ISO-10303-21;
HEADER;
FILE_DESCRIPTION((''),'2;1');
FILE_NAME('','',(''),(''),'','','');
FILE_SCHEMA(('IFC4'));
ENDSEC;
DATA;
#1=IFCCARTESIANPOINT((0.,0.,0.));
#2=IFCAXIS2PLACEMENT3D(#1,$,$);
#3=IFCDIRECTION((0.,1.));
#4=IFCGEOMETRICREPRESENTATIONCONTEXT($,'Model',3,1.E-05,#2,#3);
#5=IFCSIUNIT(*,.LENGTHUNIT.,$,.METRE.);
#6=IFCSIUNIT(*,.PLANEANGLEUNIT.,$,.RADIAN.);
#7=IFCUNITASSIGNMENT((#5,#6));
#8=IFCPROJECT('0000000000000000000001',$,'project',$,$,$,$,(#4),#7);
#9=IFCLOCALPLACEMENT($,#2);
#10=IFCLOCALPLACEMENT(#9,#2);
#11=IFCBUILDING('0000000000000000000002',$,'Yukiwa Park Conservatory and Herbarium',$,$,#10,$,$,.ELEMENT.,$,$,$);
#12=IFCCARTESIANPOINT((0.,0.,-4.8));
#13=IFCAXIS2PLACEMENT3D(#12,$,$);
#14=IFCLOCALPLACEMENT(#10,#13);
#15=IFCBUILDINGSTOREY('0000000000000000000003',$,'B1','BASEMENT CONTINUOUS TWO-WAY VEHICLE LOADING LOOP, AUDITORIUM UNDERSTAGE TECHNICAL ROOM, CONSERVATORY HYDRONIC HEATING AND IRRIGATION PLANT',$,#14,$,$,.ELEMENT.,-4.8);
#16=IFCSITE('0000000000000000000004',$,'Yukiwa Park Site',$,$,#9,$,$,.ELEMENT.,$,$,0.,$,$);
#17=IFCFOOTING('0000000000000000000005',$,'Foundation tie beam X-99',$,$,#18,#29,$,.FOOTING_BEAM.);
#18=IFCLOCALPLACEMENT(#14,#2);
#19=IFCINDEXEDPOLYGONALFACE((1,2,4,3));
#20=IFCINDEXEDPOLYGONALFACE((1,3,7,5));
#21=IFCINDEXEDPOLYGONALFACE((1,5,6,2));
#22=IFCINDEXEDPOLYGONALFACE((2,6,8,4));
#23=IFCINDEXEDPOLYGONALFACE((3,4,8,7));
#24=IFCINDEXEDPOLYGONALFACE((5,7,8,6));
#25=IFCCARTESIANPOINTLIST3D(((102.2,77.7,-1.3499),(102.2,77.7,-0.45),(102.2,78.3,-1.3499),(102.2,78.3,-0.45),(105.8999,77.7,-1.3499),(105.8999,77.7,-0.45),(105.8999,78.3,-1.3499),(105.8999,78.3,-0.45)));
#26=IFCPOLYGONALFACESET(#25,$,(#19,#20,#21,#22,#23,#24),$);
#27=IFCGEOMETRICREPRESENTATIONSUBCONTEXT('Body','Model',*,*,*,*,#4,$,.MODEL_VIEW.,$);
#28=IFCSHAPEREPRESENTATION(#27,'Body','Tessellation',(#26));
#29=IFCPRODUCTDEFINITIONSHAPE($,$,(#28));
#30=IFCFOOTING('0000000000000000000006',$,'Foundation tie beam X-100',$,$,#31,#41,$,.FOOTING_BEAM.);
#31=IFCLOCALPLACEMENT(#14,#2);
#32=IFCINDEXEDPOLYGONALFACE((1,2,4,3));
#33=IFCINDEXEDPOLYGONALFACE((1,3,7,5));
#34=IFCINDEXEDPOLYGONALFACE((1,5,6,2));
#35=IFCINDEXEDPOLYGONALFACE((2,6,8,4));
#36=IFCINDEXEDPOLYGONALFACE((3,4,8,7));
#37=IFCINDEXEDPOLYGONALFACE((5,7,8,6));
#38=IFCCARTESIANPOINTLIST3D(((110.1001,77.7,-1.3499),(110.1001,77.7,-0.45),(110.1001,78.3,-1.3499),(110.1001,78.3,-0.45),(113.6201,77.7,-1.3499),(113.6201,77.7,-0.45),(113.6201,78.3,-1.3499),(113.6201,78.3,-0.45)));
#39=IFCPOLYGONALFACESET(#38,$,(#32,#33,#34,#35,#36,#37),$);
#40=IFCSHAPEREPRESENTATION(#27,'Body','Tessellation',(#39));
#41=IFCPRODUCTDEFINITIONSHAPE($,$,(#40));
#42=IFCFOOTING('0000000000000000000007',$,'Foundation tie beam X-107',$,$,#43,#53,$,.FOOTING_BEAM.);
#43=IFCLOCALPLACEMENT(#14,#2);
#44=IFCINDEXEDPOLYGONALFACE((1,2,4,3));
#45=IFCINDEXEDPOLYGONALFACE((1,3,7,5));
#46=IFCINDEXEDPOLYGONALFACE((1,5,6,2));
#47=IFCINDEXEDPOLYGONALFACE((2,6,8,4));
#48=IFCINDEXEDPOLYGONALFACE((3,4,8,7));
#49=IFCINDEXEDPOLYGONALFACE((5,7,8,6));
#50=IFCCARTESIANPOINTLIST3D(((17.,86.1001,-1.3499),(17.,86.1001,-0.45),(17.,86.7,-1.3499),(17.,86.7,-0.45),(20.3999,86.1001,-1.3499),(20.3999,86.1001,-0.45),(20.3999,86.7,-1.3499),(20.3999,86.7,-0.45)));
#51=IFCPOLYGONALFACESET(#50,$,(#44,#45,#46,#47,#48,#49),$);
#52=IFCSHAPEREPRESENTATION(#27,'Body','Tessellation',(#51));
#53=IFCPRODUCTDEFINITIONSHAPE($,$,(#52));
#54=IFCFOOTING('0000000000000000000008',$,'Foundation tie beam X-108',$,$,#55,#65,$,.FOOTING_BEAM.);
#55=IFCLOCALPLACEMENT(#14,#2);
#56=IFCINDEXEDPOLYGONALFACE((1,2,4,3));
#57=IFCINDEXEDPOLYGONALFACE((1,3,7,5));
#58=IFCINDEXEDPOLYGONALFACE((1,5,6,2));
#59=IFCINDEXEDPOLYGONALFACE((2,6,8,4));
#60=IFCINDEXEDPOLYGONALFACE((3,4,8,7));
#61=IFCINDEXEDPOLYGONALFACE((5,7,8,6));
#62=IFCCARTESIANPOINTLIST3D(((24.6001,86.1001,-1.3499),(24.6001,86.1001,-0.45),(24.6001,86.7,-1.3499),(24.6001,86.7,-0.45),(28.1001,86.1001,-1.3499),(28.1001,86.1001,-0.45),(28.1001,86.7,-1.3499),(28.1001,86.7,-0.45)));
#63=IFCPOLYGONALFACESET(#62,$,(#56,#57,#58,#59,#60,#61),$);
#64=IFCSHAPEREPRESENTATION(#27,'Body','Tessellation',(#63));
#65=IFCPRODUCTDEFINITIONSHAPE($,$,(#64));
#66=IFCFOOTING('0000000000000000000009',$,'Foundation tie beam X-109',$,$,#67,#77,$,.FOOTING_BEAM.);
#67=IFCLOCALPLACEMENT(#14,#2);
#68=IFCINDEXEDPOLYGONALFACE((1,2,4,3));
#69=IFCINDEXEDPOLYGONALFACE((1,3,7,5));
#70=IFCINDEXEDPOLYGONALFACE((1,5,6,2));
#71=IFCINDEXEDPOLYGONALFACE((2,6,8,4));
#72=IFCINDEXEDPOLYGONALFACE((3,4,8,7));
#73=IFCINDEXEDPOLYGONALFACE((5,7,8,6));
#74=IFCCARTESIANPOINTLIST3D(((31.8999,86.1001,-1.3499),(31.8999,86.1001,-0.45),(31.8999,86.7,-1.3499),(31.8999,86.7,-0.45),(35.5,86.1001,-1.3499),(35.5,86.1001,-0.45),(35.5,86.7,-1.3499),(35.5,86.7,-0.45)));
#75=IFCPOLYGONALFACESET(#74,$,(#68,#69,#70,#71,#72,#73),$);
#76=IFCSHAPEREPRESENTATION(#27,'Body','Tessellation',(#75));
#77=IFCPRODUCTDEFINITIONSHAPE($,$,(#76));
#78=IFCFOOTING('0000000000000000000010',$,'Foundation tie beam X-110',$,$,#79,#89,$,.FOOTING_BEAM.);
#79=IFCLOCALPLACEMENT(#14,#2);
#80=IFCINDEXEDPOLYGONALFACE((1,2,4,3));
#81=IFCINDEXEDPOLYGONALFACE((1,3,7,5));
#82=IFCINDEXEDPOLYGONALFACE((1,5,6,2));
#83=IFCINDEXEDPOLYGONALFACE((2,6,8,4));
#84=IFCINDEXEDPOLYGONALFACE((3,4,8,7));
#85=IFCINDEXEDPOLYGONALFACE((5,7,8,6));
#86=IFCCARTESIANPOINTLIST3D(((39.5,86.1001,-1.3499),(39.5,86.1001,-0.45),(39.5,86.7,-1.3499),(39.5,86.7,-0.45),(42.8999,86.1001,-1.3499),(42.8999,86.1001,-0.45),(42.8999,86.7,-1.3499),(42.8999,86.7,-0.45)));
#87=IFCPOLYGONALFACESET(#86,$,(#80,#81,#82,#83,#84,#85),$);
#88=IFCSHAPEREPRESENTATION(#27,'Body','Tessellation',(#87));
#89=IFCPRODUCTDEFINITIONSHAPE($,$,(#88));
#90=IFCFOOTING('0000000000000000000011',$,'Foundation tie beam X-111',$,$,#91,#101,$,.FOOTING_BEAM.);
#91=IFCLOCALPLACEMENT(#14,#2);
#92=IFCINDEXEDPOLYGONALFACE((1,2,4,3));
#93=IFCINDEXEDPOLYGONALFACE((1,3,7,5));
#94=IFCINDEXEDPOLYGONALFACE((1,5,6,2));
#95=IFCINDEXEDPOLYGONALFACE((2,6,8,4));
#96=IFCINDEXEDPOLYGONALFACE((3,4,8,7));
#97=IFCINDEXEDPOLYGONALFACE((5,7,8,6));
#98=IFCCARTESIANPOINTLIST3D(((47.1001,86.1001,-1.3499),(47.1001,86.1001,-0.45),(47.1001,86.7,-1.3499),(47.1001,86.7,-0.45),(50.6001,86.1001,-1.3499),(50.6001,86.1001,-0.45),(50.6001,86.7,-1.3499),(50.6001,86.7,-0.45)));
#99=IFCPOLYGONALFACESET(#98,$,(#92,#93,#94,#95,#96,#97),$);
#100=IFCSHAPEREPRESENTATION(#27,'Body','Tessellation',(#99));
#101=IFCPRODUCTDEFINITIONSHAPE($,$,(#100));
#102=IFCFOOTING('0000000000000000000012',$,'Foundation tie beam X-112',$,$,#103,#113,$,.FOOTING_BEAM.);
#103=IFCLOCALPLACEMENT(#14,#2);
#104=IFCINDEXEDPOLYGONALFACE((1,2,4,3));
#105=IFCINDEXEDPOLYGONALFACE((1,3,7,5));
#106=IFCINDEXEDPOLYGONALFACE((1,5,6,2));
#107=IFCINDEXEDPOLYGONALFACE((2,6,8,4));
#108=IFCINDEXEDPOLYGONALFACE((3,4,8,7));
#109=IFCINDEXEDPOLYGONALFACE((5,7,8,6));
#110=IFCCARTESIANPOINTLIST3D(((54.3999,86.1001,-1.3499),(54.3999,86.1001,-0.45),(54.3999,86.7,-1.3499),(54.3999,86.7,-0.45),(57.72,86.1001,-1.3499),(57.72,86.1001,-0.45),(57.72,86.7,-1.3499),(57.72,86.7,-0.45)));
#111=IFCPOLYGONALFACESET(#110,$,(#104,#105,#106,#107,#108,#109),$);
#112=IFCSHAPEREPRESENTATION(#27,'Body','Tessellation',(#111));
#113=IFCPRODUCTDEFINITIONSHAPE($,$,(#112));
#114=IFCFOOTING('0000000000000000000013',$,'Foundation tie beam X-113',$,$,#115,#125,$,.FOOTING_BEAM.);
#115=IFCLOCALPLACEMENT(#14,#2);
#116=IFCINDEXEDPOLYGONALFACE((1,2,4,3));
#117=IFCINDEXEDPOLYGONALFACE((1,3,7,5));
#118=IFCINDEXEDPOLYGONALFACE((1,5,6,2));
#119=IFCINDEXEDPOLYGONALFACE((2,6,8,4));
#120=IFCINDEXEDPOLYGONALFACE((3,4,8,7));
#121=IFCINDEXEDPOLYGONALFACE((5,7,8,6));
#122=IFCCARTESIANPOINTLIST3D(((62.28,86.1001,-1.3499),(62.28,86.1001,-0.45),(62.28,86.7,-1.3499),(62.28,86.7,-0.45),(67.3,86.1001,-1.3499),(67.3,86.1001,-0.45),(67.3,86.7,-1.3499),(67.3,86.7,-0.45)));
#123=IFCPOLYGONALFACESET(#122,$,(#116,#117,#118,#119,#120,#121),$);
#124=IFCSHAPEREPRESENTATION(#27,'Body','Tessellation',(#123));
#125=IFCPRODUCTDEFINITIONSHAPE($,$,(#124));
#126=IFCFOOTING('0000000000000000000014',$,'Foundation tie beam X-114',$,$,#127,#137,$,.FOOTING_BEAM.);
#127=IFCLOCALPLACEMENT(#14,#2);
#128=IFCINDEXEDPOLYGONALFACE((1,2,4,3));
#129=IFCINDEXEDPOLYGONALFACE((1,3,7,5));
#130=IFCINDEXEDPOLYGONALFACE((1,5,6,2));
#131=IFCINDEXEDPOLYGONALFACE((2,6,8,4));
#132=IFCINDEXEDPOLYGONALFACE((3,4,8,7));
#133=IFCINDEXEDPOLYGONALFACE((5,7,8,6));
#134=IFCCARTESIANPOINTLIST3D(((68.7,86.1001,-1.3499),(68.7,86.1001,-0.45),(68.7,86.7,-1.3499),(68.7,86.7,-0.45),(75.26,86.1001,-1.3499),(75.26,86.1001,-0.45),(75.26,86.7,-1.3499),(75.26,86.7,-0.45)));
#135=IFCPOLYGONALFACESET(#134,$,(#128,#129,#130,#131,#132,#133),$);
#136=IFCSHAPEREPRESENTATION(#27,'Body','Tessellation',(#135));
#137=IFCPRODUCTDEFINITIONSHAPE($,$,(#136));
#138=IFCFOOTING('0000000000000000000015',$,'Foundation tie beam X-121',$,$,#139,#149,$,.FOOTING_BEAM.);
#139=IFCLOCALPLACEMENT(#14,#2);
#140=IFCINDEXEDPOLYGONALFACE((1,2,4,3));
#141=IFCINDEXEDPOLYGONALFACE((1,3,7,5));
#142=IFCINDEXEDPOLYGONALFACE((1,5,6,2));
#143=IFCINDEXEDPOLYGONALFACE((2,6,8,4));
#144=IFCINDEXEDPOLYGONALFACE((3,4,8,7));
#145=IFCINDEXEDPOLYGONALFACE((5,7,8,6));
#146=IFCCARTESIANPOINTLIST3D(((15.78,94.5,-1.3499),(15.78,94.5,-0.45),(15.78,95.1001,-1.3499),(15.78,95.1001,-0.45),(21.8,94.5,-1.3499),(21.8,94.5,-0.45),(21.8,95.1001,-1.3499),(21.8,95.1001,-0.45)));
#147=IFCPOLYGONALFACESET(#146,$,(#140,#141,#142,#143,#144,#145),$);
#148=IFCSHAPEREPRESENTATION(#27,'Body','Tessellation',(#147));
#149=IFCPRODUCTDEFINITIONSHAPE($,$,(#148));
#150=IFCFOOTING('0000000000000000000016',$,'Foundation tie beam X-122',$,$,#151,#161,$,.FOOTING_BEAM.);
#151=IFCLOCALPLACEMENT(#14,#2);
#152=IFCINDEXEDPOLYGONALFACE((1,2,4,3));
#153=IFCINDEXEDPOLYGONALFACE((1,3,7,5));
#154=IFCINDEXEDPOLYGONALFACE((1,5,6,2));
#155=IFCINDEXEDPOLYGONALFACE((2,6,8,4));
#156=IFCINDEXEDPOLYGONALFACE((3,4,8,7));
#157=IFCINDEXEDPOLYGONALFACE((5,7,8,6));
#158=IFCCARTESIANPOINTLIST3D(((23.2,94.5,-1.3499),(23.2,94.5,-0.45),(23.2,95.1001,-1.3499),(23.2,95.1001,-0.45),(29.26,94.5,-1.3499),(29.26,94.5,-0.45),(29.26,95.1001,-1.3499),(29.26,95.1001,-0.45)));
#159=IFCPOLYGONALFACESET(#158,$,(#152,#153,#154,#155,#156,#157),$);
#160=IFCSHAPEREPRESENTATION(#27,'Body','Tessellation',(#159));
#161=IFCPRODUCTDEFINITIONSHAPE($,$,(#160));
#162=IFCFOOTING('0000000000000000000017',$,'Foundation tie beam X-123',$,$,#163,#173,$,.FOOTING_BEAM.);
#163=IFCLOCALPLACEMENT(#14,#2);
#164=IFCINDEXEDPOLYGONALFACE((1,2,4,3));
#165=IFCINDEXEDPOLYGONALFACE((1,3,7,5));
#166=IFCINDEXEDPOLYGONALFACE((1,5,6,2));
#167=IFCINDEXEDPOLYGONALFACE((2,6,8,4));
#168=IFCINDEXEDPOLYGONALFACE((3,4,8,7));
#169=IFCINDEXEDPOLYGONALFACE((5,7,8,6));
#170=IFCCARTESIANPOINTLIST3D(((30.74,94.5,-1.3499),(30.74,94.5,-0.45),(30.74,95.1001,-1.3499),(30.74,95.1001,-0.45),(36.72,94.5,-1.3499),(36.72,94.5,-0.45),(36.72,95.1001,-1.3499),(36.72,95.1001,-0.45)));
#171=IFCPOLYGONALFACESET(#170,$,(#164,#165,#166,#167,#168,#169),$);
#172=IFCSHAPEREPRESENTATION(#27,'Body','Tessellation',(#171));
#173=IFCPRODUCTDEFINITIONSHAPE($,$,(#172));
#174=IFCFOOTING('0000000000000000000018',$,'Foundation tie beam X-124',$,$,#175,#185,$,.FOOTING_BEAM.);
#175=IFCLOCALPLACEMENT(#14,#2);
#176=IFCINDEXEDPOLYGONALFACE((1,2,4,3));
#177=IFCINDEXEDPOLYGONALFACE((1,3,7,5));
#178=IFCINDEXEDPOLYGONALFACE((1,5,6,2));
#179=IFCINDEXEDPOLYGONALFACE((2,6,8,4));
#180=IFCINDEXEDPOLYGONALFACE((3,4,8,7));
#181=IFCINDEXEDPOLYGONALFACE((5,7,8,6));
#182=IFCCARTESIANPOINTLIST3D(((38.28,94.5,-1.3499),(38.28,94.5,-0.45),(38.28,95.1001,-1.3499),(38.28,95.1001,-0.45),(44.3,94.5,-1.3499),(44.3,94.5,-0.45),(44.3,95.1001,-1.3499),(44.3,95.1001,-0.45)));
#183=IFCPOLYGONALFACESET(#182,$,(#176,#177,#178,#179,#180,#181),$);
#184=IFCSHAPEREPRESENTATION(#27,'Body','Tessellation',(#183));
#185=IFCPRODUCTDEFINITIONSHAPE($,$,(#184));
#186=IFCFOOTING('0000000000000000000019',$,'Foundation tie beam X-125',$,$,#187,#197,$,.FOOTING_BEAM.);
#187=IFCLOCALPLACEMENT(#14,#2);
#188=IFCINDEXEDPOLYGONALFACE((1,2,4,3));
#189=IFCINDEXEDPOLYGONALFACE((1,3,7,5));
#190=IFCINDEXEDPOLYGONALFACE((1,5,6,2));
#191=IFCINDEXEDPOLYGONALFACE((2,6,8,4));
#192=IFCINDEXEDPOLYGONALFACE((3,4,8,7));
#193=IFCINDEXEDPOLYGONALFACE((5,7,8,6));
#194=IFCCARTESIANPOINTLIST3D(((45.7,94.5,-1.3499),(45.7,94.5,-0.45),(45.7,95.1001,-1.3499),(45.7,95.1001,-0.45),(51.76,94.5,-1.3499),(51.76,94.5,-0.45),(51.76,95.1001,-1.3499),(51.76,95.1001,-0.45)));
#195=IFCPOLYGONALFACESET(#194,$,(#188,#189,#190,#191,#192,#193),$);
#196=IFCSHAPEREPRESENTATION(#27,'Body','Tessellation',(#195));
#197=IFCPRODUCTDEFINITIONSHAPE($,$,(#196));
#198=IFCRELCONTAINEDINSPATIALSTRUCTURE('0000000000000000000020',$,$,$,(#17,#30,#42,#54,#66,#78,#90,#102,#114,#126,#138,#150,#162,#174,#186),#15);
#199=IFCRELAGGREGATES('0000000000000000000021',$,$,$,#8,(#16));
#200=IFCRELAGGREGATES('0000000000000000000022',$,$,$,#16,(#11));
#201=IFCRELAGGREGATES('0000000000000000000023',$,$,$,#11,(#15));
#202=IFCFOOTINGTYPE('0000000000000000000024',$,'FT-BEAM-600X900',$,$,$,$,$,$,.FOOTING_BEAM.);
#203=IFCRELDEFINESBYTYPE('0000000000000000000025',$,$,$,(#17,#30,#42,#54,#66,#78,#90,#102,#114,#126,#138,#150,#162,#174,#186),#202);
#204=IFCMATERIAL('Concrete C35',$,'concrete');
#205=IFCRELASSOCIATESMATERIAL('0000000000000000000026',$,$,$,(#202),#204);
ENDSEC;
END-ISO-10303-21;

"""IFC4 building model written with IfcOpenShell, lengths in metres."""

from ifc_helpers import new_model, si_unit, direction, frame, origin, place, context, subcontext, project, spatial, polyline, outline, extrude, material, type_object, element, save


model = new_model("IFC4")

# Units and contexts
model_context = context("Model", 3, precision=1e-05, world=origin(), true_north=direction((0.0, 1.0)))
body_context = subcontext(model_context, "Body", "Model", "MODEL_VIEW")
ifc_project = project(units=[si_unit("LENGTHUNIT", "METRE"), si_unit("PLANEANGLEUNIT", "RADIAN")], contexts=[model_context])

# Site, building, storey
site_placement = place(None, origin())
site = spatial("IfcSite", under=ifc_project, at=site_placement, Name="Yukiwa Park Site", CompositionType="ELEMENT", RefElevation=0.0)
building_placement = place(site_placement, origin())
building = spatial("IfcBuilding", under=site, at=building_placement, Name="Yukiwa Park Conservatory and Herbarium", CompositionType="ELEMENT")
storey_placement = place(building_placement, frame((0.0, 0.0, -4.8)))
storey = spatial("IfcBuildingStorey", under=building, at=storey_placement, Name="B1", Description="BASEMENT CONTINUOUS TWO-WAY VEHICLE LOADING LOOP, AUDITORIUM UNDERSTAGE TECHNICAL ROOM, CONSERVATORY HYDRONIC HEATING AND IRRIGATION PLANT", CompositionType="ELEMENT", Elevation=-4.8)

# Footings
ifc_material = material(Name="Concrete C35", Category="concrete")
footing_type = type_object("IfcFootingType", Name="FT-BEAM-600X900", PredefinedType="FOOTING_BEAM", material=ifc_material)
footing_1_placement = place(storey_placement, frame((0.0, 0.0, -1.3499)))
element("IfcFooting", 1, at=footing_1_placement, inside=storey, type_object=footing_type, Name="Foundation tie beam X-99", PredefinedType="FOOTING_BEAM", context=body_context, shape_type="SweptSolid", body=[
    extrude(outline(polyline([(102.2, 77.7), (105.8999, 77.7), (105.8999, 78.3), (102.2, 78.3), (102.2, 77.7)])), origin(), (0.0, 0.0, 1.0), 0.8999),
])
footing_2_placement = place(storey_placement, frame((0.0, 0.0, -1.3499)))
element("IfcFooting", 2, at=footing_2_placement, inside=storey, type_object=footing_type, Name="Foundation tie beam X-100", PredefinedType="FOOTING_BEAM", context=body_context, shape_type="SweptSolid", body=[
    extrude(outline(polyline([(110.1001, 77.7), (113.6201, 77.7), (113.6201, 78.3), (110.1001, 78.3), (110.1001, 77.7)])), origin(), (0.0, 0.0, 1.0), 0.8999),
])
footing_3_placement = place(storey_placement, frame((0.0, 0.0, -1.3499)))
element("IfcFooting", 3, at=footing_3_placement, inside=storey, type_object=footing_type, Name="Foundation tie beam X-107", PredefinedType="FOOTING_BEAM", context=body_context, shape_type="SweptSolid", body=[
    extrude(outline(polyline([(17.0, 86.1001), (20.3999, 86.1001), (20.3999, 86.7), (17.0, 86.7), (17.0, 86.1001)])), origin(), (0.0, 0.0, 1.0), 0.8999),
])
footing_4_placement = place(storey_placement, frame((0.0, 0.0, -1.3499)))
element("IfcFooting", 4, at=footing_4_placement, inside=storey, type_object=footing_type, Name="Foundation tie beam X-108", PredefinedType="FOOTING_BEAM", context=body_context, shape_type="SweptSolid", body=[
    extrude(outline(polyline([(24.6001, 86.1001), (28.1001, 86.1001), (28.1001, 86.7), (24.6001, 86.7), (24.6001, 86.1001)])), origin(), (0.0, 0.0, 1.0), 0.8999),
])
footing_5_placement = place(storey_placement, frame((0.0, 0.0, -1.3499)))
element("IfcFooting", 5, at=footing_5_placement, inside=storey, type_object=footing_type, Name="Foundation tie beam X-109", PredefinedType="FOOTING_BEAM", context=body_context, shape_type="SweptSolid", body=[
    extrude(outline(polyline([(31.8999, 86.1001), (35.5, 86.1001), (35.5, 86.7), (31.8999, 86.7), (31.8999, 86.1001)])), origin(), (0.0, 0.0, 1.0), 0.8999),
])
footing_6_placement = place(storey_placement, frame((0.0, 0.0, -1.3499)))
element("IfcFooting", 6, at=footing_6_placement, inside=storey, type_object=footing_type, Name="Foundation tie beam X-110", PredefinedType="FOOTING_BEAM", context=body_context, shape_type="SweptSolid", body=[
    extrude(outline(polyline([(39.5, 86.1001), (42.8999, 86.1001), (42.8999, 86.7), (39.5, 86.7), (39.5, 86.1001)])), origin(), (0.0, 0.0, 1.0), 0.8999),
])
footing_7_placement = place(storey_placement, frame((0.0, 0.0, -1.3499)))
element("IfcFooting", 7, at=footing_7_placement, inside=storey, type_object=footing_type, Name="Foundation tie beam X-111", PredefinedType="FOOTING_BEAM", context=body_context, shape_type="SweptSolid", body=[
    extrude(outline(polyline([(47.1001, 86.1001), (50.6001, 86.1001), (50.6001, 86.7), (47.1001, 86.7), (47.1001, 86.1001)])), origin(), (0.0, 0.0, 1.0), 0.8999),
])
footing_8_placement = place(storey_placement, frame((0.0, 0.0, -1.3499)))
element("IfcFooting", 8, at=footing_8_placement, inside=storey, type_object=footing_type, Name="Foundation tie beam X-112", PredefinedType="FOOTING_BEAM", context=body_context, shape_type="SweptSolid", body=[
    extrude(outline(polyline([(54.3999, 86.1001), (57.72, 86.1001), (57.72, 86.7), (54.3999, 86.7), (54.3999, 86.1001)])), origin(), (0.0, 0.0, 1.0), 0.8999),
])
footing_9_placement = place(storey_placement, frame((0.0, 0.0, -1.3499)))
element("IfcFooting", 9, at=footing_9_placement, inside=storey, type_object=footing_type, Name="Foundation tie beam X-113", PredefinedType="FOOTING_BEAM", context=body_context, shape_type="SweptSolid", body=[
    extrude(outline(polyline([(62.28, 86.1001), (67.3, 86.1001), (67.3, 86.7), (62.28, 86.7), (62.28, 86.1001)])), origin(), (0.0, 0.0, 1.0), 0.8999),
])
footing_10_placement = place(storey_placement, frame((0.0, 0.0, -1.3499)))
element("IfcFooting", 10, at=footing_10_placement, inside=storey, type_object=footing_type, Name="Foundation tie beam X-114", PredefinedType="FOOTING_BEAM", context=body_context, shape_type="SweptSolid", body=[
    extrude(outline(polyline([(68.7, 86.1001), (75.26, 86.1001), (75.26, 86.7), (68.7, 86.7), (68.7, 86.1001)])), origin(), (0.0, 0.0, 1.0), 0.8999),
])
footing_11_placement = place(storey_placement, frame((0.0, 0.0, -1.3499)))
element("IfcFooting", 11, at=footing_11_placement, inside=storey, type_object=footing_type, Name="Foundation tie beam X-121", PredefinedType="FOOTING_BEAM", context=body_context, shape_type="SweptSolid", body=[
    extrude(outline(polyline([(15.78, 94.5), (21.8, 94.5), (21.8, 95.1001), (15.78, 95.1001), (15.78, 94.5)])), origin(), (0.0, 0.0, 1.0), 0.8999),
])
footing_12_placement = place(storey_placement, frame((0.0, 0.0, -1.3499)))
element("IfcFooting", 12, at=footing_12_placement, inside=storey, type_object=footing_type, Name="Foundation tie beam X-122", PredefinedType="FOOTING_BEAM", context=body_context, shape_type="SweptSolid", body=[
    extrude(outline(polyline([(23.2, 94.5), (29.26, 94.5), (29.26, 95.1001), (23.2, 95.1001), (23.2, 94.5)])), origin(), (0.0, 0.0, 1.0), 0.8999),
])
footing_13_placement = place(storey_placement, frame((0.0, 0.0, -1.3499)))
element("IfcFooting", 13, at=footing_13_placement, inside=storey, type_object=footing_type, Name="Foundation tie beam X-123", PredefinedType="FOOTING_BEAM", context=body_context, shape_type="SweptSolid", body=[
    extrude(outline(polyline([(30.74, 94.5), (36.72, 94.5), (36.72, 95.1001), (30.74, 95.1001), (30.74, 94.5)])), origin(), (0.0, 0.0, 1.0), 0.8999),
])
footing_14_placement = place(storey_placement, frame((0.0, 0.0, -1.3499)))
element("IfcFooting", 14, at=footing_14_placement, inside=storey, type_object=footing_type, Name="Foundation tie beam X-124", PredefinedType="FOOTING_BEAM", context=body_context, shape_type="SweptSolid", body=[
    extrude(outline(polyline([(38.28, 94.5), (44.3, 94.5), (44.3, 95.1001), (38.28, 95.1001), (38.28, 94.5)])), origin(), (0.0, 0.0, 1.0), 0.8999),
])
footing_15_placement = place(storey_placement, frame((0.0, 0.0, -1.3499)))
element("IfcFooting", 15, at=footing_15_placement, inside=storey, type_object=footing_type, Name="Foundation tie beam X-125", PredefinedType="FOOTING_BEAM", context=body_context, shape_type="SweptSolid", body=[
    extrude(outline(polyline([(45.7, 94.5), (51.76, 94.5), (51.76, 95.1001), (45.7, 95.1001), (45.7, 94.5)])), origin(), (0.0, 0.0, 1.0), 0.8999),
])

save(model, "model.ifc")
